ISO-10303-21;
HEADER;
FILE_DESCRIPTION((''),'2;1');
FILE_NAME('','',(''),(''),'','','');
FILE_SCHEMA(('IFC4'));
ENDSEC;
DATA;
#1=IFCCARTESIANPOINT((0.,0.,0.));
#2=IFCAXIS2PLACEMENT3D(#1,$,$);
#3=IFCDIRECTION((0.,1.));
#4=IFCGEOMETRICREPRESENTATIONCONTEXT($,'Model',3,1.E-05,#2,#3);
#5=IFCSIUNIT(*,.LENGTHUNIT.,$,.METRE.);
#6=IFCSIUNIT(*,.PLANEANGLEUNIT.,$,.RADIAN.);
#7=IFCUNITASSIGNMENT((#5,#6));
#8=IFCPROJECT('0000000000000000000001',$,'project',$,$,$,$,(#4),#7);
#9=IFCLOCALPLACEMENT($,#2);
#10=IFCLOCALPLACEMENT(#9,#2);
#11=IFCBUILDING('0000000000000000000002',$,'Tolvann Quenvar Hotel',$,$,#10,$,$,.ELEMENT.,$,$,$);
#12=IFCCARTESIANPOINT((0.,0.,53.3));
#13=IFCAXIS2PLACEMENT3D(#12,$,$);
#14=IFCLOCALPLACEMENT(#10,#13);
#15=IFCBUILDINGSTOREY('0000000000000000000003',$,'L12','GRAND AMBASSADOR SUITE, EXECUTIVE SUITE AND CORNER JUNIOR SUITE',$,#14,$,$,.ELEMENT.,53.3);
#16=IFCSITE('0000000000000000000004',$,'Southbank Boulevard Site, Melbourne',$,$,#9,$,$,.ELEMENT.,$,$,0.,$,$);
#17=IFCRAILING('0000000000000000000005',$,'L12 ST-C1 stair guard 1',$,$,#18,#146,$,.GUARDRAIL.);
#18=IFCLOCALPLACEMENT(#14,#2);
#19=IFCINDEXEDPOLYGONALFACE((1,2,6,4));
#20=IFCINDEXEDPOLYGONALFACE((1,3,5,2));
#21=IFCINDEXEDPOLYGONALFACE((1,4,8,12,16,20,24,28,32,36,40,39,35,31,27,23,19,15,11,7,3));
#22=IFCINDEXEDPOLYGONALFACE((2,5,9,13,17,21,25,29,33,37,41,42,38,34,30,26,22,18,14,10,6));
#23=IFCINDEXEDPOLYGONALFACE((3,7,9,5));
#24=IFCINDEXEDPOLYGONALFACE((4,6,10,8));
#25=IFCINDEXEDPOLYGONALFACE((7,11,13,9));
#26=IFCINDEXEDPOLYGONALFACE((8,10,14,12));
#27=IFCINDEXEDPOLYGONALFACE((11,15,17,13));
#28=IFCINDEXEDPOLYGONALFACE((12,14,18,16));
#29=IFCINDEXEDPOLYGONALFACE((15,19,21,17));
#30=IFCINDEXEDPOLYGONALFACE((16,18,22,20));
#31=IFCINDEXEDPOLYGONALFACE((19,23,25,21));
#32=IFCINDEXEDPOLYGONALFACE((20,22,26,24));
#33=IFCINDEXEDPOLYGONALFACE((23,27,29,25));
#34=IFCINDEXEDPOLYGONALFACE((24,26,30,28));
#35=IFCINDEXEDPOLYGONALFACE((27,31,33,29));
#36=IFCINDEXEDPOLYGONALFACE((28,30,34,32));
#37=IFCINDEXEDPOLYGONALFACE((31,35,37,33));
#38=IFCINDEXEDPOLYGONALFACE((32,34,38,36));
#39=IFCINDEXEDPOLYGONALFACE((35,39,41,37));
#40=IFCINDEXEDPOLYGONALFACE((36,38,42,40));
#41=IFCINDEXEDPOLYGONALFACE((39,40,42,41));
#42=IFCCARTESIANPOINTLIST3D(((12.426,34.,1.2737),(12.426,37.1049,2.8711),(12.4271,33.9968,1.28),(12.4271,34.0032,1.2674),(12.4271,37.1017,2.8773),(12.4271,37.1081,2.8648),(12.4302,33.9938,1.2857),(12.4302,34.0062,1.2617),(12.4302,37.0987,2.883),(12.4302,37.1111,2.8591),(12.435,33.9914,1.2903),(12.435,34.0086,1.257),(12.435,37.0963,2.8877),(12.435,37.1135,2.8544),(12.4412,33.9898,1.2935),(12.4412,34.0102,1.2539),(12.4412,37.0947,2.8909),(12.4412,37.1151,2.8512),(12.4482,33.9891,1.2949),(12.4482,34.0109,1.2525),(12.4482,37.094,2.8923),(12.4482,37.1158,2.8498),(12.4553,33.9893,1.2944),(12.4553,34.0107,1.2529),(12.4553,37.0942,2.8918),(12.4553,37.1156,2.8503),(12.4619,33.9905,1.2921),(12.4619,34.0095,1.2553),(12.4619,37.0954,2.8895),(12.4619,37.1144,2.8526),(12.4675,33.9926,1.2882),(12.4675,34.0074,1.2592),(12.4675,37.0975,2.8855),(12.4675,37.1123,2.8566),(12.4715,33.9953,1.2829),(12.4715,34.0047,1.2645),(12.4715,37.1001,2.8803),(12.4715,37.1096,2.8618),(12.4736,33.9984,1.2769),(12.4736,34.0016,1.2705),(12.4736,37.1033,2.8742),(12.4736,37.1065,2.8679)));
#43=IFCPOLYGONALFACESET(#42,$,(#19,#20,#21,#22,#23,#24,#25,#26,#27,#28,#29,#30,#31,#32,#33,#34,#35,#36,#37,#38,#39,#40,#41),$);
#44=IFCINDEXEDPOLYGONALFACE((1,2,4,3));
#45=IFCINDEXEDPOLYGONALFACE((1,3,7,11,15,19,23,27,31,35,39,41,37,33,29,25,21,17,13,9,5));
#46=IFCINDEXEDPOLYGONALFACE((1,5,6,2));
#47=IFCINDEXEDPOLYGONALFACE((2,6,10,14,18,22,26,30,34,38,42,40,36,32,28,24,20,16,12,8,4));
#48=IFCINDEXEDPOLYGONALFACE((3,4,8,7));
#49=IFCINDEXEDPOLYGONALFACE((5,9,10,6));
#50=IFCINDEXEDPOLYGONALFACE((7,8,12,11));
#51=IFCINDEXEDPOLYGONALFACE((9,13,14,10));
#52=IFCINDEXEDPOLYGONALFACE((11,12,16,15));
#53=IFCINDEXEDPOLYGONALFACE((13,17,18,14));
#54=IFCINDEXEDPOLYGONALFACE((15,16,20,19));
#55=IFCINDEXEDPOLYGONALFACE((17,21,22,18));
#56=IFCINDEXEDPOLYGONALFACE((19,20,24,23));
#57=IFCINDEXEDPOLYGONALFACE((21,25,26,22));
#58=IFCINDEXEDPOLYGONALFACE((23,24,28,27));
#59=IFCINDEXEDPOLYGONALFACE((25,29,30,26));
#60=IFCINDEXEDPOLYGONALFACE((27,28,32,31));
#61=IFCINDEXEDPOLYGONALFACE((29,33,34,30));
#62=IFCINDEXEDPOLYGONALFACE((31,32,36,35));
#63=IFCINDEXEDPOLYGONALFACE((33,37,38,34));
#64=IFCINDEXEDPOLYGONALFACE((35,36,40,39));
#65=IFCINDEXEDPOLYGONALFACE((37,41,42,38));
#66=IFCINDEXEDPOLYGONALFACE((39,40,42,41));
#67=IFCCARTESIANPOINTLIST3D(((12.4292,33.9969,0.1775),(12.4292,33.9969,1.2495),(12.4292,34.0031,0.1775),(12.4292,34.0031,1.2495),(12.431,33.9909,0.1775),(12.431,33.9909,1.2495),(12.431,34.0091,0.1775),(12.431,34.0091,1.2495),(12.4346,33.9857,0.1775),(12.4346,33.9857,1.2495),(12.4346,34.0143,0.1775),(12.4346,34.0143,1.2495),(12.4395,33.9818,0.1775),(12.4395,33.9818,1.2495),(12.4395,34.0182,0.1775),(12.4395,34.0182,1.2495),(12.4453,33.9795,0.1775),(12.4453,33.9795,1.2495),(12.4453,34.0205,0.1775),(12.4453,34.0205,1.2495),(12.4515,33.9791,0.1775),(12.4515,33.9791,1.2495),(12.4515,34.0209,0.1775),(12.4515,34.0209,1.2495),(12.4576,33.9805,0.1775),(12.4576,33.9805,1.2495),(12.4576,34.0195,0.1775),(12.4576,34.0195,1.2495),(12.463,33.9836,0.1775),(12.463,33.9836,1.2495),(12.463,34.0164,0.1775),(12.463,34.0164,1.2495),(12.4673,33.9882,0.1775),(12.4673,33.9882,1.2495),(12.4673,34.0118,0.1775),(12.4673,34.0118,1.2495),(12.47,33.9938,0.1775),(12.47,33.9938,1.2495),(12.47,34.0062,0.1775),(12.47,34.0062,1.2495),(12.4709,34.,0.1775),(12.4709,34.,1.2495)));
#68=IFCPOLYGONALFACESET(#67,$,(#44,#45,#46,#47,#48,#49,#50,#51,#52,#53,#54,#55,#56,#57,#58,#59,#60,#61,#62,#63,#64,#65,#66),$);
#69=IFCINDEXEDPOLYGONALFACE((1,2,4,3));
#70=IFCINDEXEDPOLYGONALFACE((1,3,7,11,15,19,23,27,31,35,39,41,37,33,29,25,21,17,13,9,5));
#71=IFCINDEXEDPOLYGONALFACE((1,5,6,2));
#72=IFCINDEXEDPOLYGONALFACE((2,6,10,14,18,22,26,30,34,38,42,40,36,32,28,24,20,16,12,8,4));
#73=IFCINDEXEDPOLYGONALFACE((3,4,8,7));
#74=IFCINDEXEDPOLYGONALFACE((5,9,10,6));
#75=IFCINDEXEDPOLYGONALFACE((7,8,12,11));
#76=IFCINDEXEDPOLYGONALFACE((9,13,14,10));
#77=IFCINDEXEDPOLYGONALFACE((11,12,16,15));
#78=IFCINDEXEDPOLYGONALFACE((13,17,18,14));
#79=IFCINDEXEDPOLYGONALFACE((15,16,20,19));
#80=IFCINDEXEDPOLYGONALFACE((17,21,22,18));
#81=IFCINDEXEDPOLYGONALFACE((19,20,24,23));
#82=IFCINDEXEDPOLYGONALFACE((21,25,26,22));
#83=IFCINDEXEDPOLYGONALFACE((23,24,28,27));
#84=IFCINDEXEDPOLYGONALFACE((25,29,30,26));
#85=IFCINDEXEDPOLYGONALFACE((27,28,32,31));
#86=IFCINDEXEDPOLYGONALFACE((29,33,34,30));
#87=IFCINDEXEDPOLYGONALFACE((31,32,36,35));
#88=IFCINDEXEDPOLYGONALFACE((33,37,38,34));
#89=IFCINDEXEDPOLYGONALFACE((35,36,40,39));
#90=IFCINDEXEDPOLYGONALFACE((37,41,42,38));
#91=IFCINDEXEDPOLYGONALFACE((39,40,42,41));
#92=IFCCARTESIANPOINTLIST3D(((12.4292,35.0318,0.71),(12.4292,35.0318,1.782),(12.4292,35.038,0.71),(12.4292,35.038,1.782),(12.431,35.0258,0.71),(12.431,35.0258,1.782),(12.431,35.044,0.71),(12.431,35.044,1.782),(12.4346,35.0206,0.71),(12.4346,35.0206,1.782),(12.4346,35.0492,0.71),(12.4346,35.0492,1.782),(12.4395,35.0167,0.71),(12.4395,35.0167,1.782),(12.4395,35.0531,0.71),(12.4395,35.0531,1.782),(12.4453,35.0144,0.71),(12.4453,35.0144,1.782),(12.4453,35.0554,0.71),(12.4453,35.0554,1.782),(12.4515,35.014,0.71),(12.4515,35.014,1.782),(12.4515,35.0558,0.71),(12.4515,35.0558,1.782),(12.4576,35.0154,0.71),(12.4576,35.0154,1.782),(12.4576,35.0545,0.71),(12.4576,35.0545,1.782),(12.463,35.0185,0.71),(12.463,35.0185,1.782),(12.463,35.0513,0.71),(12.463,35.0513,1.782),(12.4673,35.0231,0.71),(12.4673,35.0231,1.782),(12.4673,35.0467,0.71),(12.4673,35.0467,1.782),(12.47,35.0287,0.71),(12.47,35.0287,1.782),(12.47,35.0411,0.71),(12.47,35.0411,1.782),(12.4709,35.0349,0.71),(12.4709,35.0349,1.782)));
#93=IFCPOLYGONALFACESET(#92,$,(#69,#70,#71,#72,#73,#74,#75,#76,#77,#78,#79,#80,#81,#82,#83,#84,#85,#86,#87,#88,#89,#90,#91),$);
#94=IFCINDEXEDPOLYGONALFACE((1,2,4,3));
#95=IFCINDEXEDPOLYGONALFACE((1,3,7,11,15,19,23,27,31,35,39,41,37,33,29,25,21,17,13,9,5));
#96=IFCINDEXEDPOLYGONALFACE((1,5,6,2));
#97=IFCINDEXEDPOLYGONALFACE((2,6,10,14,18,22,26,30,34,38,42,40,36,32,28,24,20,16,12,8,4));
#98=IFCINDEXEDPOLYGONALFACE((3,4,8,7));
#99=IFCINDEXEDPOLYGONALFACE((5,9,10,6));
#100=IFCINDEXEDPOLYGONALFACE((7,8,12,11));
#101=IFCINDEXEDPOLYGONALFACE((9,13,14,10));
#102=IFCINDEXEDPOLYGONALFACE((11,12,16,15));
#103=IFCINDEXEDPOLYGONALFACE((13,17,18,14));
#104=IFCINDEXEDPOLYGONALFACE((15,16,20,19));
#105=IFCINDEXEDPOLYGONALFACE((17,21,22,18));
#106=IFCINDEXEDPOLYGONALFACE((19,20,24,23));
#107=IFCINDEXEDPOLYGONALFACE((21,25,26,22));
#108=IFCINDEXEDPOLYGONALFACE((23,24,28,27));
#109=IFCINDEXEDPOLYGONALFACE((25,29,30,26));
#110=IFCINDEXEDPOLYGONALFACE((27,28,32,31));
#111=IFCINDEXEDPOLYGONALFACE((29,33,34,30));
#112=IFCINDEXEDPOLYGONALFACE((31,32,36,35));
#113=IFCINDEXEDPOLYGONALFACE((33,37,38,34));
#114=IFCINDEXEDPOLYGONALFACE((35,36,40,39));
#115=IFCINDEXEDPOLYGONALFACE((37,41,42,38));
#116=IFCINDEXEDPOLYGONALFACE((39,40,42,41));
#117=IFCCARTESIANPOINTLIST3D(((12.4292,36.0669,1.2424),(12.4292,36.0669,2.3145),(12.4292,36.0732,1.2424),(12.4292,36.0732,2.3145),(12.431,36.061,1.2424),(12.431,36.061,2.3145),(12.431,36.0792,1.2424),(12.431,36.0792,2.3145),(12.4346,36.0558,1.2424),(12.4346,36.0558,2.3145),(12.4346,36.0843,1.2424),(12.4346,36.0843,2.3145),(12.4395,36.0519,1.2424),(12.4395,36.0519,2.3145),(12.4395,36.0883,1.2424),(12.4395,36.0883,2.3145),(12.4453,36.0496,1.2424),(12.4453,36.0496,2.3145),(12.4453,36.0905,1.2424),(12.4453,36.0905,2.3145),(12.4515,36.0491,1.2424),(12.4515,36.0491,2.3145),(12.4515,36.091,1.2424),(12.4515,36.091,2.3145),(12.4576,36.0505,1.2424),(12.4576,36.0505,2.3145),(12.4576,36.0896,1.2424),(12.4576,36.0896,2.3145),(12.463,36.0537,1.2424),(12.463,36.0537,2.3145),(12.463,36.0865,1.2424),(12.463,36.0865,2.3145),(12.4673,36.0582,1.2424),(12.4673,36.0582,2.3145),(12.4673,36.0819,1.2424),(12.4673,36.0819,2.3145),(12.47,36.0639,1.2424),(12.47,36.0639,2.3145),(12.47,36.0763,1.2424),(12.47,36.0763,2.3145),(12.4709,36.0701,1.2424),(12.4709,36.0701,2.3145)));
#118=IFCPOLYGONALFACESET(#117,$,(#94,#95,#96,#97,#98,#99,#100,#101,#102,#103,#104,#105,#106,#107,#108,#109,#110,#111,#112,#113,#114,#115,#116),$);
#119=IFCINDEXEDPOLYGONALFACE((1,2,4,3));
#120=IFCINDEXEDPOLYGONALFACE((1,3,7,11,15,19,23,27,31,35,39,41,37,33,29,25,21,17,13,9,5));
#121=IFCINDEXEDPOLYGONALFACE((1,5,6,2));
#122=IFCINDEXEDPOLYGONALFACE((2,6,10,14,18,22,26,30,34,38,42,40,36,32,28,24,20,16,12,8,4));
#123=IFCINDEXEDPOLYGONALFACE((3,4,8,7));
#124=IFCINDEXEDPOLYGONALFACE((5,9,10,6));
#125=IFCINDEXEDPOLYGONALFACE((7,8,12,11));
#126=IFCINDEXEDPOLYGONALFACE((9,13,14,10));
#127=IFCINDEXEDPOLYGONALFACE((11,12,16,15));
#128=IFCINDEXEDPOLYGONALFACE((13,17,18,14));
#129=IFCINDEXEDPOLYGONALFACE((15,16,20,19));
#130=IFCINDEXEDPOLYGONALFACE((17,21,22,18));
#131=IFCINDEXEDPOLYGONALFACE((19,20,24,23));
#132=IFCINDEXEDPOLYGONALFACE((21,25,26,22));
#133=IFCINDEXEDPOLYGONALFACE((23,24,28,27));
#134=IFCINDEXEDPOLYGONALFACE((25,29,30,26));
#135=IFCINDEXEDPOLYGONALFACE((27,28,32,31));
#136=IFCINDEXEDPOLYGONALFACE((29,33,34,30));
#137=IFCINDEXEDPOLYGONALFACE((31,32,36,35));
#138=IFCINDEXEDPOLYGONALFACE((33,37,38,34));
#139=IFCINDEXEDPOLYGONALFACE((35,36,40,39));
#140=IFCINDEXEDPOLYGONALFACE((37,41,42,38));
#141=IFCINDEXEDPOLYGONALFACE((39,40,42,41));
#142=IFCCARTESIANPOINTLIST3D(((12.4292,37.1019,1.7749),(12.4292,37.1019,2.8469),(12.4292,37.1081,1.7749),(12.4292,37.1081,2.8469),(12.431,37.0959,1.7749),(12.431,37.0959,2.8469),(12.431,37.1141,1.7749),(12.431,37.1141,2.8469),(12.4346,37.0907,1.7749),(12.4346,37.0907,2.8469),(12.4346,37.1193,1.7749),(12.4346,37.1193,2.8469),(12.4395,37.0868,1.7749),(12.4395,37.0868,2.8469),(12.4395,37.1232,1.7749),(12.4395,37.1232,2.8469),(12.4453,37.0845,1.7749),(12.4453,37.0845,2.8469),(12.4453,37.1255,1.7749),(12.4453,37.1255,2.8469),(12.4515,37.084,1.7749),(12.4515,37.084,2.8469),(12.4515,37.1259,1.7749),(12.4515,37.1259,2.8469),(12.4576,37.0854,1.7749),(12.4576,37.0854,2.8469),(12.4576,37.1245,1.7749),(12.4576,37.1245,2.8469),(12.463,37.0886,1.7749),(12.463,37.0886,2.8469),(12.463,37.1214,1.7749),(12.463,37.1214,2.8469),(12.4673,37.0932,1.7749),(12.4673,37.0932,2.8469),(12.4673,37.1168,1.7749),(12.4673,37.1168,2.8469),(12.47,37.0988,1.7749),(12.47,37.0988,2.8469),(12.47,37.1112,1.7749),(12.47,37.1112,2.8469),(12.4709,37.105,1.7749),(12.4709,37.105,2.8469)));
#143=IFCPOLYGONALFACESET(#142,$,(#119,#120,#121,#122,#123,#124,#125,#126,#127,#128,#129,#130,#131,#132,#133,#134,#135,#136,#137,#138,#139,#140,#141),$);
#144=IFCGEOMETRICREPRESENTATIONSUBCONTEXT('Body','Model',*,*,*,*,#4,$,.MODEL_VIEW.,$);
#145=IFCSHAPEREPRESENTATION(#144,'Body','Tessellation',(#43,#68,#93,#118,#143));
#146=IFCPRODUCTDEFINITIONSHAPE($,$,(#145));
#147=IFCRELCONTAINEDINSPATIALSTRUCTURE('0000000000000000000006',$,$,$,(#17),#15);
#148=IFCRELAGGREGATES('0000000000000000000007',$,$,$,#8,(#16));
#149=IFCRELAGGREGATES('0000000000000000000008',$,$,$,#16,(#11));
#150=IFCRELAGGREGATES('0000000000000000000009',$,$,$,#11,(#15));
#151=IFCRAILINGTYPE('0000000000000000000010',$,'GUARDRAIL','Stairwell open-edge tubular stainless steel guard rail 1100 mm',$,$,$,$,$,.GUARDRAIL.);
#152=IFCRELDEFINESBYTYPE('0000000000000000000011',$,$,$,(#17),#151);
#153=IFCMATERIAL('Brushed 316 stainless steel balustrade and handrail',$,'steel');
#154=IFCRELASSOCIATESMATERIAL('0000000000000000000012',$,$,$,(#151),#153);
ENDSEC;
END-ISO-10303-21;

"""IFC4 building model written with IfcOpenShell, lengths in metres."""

from ifc_helpers import new_model, si_unit, direction, frame, origin, origin_2d, place, context, subcontext, project, spatial, circle, extrude, material, type_object, element, save


model = new_model("IFC4")

# Units and contexts
model_context = context("Model", 3, precision=1e-05, world=origin(), true_north=direction((0.0, 1.0)))
body_context = subcontext(model_context, "Body", "Model", "MODEL_VIEW")
ifc_project = project(units=[si_unit("LENGTHUNIT", "METRE"), si_unit("PLANEANGLEUNIT", "RADIAN")], contexts=[model_context])

# Site, building, storey
site_placement = place(None, origin())
site = spatial("IfcSite", under=ifc_project, at=site_placement, Name="Southbank Boulevard Site, Melbourne", CompositionType="ELEMENT", RefElevation=0.0)
building_placement = place(site_placement, origin())
building = spatial("IfcBuilding", under=site, at=building_placement, Name="Tolvann Quenvar Hotel", CompositionType="ELEMENT")
storey_placement = place(building_placement, frame((0.0, 0.0, 53.3)))
storey = spatial("IfcBuildingStorey", under=building, at=storey_placement, Name="L12", Description="GRAND AMBASSADOR SUITE, EXECUTIVE SUITE AND CORNER JUNIOR SUITE", CompositionType="ELEMENT", Elevation=53.3)

# Railing
ifc_material_1 = material(Name="Brushed 316 stainless steel balustrade and handrail", Category="steel")
railing_type_1 = type_object("IfcRailingType", Name="GUARDRAIL", Description="Stairwell open-edge tubular stainless steel guard rail 1100 mm", PredefinedType="GUARDRAIL", material=ifc_material_1)
railing_1_placement = place(storey_placement, frame((12.45, 34.0, 0.1775)))
element("IfcRailing", 1, at=railing_1_placement, inside=storey, type_object=railing_type_1, Name="L12 ST-C1 stair guard 1", PredefinedType="GUARDRAIL", context=body_context, shape_type="SweptSolid", body=[
    extrude(circle(Radius=0.0239, at=origin_2d()), frame((0.0, 0.0, 1.0962), z_axis=(0.0, 0.889222, 0.457476), x_axis=(-1.0, 0.0, 0.0)), (0.0, 0.0, 1.0), 3.4917),
    extrude(circle(Radius=0.021, at=origin_2d()), origin(), (0.0, 0.0, 1.0), 1.072),
    extrude(circle(Radius=0.021, at=origin_2d()), frame((0.0, 1.0349, 0.5325)), (0.0, 0.0, 1.0), 1.072),
    extrude(circle(Radius=0.021, at=origin_2d()), frame((0.0, 2.0701, 1.0649)), (0.0, 0.0, 1.0), 1.072),
    extrude(circle(Radius=0.021, at=origin_2d()), frame((0.0, 3.105, 1.5974)), (0.0, 0.0, 1.0), 1.072),
])

save(model, "model.ifc")
